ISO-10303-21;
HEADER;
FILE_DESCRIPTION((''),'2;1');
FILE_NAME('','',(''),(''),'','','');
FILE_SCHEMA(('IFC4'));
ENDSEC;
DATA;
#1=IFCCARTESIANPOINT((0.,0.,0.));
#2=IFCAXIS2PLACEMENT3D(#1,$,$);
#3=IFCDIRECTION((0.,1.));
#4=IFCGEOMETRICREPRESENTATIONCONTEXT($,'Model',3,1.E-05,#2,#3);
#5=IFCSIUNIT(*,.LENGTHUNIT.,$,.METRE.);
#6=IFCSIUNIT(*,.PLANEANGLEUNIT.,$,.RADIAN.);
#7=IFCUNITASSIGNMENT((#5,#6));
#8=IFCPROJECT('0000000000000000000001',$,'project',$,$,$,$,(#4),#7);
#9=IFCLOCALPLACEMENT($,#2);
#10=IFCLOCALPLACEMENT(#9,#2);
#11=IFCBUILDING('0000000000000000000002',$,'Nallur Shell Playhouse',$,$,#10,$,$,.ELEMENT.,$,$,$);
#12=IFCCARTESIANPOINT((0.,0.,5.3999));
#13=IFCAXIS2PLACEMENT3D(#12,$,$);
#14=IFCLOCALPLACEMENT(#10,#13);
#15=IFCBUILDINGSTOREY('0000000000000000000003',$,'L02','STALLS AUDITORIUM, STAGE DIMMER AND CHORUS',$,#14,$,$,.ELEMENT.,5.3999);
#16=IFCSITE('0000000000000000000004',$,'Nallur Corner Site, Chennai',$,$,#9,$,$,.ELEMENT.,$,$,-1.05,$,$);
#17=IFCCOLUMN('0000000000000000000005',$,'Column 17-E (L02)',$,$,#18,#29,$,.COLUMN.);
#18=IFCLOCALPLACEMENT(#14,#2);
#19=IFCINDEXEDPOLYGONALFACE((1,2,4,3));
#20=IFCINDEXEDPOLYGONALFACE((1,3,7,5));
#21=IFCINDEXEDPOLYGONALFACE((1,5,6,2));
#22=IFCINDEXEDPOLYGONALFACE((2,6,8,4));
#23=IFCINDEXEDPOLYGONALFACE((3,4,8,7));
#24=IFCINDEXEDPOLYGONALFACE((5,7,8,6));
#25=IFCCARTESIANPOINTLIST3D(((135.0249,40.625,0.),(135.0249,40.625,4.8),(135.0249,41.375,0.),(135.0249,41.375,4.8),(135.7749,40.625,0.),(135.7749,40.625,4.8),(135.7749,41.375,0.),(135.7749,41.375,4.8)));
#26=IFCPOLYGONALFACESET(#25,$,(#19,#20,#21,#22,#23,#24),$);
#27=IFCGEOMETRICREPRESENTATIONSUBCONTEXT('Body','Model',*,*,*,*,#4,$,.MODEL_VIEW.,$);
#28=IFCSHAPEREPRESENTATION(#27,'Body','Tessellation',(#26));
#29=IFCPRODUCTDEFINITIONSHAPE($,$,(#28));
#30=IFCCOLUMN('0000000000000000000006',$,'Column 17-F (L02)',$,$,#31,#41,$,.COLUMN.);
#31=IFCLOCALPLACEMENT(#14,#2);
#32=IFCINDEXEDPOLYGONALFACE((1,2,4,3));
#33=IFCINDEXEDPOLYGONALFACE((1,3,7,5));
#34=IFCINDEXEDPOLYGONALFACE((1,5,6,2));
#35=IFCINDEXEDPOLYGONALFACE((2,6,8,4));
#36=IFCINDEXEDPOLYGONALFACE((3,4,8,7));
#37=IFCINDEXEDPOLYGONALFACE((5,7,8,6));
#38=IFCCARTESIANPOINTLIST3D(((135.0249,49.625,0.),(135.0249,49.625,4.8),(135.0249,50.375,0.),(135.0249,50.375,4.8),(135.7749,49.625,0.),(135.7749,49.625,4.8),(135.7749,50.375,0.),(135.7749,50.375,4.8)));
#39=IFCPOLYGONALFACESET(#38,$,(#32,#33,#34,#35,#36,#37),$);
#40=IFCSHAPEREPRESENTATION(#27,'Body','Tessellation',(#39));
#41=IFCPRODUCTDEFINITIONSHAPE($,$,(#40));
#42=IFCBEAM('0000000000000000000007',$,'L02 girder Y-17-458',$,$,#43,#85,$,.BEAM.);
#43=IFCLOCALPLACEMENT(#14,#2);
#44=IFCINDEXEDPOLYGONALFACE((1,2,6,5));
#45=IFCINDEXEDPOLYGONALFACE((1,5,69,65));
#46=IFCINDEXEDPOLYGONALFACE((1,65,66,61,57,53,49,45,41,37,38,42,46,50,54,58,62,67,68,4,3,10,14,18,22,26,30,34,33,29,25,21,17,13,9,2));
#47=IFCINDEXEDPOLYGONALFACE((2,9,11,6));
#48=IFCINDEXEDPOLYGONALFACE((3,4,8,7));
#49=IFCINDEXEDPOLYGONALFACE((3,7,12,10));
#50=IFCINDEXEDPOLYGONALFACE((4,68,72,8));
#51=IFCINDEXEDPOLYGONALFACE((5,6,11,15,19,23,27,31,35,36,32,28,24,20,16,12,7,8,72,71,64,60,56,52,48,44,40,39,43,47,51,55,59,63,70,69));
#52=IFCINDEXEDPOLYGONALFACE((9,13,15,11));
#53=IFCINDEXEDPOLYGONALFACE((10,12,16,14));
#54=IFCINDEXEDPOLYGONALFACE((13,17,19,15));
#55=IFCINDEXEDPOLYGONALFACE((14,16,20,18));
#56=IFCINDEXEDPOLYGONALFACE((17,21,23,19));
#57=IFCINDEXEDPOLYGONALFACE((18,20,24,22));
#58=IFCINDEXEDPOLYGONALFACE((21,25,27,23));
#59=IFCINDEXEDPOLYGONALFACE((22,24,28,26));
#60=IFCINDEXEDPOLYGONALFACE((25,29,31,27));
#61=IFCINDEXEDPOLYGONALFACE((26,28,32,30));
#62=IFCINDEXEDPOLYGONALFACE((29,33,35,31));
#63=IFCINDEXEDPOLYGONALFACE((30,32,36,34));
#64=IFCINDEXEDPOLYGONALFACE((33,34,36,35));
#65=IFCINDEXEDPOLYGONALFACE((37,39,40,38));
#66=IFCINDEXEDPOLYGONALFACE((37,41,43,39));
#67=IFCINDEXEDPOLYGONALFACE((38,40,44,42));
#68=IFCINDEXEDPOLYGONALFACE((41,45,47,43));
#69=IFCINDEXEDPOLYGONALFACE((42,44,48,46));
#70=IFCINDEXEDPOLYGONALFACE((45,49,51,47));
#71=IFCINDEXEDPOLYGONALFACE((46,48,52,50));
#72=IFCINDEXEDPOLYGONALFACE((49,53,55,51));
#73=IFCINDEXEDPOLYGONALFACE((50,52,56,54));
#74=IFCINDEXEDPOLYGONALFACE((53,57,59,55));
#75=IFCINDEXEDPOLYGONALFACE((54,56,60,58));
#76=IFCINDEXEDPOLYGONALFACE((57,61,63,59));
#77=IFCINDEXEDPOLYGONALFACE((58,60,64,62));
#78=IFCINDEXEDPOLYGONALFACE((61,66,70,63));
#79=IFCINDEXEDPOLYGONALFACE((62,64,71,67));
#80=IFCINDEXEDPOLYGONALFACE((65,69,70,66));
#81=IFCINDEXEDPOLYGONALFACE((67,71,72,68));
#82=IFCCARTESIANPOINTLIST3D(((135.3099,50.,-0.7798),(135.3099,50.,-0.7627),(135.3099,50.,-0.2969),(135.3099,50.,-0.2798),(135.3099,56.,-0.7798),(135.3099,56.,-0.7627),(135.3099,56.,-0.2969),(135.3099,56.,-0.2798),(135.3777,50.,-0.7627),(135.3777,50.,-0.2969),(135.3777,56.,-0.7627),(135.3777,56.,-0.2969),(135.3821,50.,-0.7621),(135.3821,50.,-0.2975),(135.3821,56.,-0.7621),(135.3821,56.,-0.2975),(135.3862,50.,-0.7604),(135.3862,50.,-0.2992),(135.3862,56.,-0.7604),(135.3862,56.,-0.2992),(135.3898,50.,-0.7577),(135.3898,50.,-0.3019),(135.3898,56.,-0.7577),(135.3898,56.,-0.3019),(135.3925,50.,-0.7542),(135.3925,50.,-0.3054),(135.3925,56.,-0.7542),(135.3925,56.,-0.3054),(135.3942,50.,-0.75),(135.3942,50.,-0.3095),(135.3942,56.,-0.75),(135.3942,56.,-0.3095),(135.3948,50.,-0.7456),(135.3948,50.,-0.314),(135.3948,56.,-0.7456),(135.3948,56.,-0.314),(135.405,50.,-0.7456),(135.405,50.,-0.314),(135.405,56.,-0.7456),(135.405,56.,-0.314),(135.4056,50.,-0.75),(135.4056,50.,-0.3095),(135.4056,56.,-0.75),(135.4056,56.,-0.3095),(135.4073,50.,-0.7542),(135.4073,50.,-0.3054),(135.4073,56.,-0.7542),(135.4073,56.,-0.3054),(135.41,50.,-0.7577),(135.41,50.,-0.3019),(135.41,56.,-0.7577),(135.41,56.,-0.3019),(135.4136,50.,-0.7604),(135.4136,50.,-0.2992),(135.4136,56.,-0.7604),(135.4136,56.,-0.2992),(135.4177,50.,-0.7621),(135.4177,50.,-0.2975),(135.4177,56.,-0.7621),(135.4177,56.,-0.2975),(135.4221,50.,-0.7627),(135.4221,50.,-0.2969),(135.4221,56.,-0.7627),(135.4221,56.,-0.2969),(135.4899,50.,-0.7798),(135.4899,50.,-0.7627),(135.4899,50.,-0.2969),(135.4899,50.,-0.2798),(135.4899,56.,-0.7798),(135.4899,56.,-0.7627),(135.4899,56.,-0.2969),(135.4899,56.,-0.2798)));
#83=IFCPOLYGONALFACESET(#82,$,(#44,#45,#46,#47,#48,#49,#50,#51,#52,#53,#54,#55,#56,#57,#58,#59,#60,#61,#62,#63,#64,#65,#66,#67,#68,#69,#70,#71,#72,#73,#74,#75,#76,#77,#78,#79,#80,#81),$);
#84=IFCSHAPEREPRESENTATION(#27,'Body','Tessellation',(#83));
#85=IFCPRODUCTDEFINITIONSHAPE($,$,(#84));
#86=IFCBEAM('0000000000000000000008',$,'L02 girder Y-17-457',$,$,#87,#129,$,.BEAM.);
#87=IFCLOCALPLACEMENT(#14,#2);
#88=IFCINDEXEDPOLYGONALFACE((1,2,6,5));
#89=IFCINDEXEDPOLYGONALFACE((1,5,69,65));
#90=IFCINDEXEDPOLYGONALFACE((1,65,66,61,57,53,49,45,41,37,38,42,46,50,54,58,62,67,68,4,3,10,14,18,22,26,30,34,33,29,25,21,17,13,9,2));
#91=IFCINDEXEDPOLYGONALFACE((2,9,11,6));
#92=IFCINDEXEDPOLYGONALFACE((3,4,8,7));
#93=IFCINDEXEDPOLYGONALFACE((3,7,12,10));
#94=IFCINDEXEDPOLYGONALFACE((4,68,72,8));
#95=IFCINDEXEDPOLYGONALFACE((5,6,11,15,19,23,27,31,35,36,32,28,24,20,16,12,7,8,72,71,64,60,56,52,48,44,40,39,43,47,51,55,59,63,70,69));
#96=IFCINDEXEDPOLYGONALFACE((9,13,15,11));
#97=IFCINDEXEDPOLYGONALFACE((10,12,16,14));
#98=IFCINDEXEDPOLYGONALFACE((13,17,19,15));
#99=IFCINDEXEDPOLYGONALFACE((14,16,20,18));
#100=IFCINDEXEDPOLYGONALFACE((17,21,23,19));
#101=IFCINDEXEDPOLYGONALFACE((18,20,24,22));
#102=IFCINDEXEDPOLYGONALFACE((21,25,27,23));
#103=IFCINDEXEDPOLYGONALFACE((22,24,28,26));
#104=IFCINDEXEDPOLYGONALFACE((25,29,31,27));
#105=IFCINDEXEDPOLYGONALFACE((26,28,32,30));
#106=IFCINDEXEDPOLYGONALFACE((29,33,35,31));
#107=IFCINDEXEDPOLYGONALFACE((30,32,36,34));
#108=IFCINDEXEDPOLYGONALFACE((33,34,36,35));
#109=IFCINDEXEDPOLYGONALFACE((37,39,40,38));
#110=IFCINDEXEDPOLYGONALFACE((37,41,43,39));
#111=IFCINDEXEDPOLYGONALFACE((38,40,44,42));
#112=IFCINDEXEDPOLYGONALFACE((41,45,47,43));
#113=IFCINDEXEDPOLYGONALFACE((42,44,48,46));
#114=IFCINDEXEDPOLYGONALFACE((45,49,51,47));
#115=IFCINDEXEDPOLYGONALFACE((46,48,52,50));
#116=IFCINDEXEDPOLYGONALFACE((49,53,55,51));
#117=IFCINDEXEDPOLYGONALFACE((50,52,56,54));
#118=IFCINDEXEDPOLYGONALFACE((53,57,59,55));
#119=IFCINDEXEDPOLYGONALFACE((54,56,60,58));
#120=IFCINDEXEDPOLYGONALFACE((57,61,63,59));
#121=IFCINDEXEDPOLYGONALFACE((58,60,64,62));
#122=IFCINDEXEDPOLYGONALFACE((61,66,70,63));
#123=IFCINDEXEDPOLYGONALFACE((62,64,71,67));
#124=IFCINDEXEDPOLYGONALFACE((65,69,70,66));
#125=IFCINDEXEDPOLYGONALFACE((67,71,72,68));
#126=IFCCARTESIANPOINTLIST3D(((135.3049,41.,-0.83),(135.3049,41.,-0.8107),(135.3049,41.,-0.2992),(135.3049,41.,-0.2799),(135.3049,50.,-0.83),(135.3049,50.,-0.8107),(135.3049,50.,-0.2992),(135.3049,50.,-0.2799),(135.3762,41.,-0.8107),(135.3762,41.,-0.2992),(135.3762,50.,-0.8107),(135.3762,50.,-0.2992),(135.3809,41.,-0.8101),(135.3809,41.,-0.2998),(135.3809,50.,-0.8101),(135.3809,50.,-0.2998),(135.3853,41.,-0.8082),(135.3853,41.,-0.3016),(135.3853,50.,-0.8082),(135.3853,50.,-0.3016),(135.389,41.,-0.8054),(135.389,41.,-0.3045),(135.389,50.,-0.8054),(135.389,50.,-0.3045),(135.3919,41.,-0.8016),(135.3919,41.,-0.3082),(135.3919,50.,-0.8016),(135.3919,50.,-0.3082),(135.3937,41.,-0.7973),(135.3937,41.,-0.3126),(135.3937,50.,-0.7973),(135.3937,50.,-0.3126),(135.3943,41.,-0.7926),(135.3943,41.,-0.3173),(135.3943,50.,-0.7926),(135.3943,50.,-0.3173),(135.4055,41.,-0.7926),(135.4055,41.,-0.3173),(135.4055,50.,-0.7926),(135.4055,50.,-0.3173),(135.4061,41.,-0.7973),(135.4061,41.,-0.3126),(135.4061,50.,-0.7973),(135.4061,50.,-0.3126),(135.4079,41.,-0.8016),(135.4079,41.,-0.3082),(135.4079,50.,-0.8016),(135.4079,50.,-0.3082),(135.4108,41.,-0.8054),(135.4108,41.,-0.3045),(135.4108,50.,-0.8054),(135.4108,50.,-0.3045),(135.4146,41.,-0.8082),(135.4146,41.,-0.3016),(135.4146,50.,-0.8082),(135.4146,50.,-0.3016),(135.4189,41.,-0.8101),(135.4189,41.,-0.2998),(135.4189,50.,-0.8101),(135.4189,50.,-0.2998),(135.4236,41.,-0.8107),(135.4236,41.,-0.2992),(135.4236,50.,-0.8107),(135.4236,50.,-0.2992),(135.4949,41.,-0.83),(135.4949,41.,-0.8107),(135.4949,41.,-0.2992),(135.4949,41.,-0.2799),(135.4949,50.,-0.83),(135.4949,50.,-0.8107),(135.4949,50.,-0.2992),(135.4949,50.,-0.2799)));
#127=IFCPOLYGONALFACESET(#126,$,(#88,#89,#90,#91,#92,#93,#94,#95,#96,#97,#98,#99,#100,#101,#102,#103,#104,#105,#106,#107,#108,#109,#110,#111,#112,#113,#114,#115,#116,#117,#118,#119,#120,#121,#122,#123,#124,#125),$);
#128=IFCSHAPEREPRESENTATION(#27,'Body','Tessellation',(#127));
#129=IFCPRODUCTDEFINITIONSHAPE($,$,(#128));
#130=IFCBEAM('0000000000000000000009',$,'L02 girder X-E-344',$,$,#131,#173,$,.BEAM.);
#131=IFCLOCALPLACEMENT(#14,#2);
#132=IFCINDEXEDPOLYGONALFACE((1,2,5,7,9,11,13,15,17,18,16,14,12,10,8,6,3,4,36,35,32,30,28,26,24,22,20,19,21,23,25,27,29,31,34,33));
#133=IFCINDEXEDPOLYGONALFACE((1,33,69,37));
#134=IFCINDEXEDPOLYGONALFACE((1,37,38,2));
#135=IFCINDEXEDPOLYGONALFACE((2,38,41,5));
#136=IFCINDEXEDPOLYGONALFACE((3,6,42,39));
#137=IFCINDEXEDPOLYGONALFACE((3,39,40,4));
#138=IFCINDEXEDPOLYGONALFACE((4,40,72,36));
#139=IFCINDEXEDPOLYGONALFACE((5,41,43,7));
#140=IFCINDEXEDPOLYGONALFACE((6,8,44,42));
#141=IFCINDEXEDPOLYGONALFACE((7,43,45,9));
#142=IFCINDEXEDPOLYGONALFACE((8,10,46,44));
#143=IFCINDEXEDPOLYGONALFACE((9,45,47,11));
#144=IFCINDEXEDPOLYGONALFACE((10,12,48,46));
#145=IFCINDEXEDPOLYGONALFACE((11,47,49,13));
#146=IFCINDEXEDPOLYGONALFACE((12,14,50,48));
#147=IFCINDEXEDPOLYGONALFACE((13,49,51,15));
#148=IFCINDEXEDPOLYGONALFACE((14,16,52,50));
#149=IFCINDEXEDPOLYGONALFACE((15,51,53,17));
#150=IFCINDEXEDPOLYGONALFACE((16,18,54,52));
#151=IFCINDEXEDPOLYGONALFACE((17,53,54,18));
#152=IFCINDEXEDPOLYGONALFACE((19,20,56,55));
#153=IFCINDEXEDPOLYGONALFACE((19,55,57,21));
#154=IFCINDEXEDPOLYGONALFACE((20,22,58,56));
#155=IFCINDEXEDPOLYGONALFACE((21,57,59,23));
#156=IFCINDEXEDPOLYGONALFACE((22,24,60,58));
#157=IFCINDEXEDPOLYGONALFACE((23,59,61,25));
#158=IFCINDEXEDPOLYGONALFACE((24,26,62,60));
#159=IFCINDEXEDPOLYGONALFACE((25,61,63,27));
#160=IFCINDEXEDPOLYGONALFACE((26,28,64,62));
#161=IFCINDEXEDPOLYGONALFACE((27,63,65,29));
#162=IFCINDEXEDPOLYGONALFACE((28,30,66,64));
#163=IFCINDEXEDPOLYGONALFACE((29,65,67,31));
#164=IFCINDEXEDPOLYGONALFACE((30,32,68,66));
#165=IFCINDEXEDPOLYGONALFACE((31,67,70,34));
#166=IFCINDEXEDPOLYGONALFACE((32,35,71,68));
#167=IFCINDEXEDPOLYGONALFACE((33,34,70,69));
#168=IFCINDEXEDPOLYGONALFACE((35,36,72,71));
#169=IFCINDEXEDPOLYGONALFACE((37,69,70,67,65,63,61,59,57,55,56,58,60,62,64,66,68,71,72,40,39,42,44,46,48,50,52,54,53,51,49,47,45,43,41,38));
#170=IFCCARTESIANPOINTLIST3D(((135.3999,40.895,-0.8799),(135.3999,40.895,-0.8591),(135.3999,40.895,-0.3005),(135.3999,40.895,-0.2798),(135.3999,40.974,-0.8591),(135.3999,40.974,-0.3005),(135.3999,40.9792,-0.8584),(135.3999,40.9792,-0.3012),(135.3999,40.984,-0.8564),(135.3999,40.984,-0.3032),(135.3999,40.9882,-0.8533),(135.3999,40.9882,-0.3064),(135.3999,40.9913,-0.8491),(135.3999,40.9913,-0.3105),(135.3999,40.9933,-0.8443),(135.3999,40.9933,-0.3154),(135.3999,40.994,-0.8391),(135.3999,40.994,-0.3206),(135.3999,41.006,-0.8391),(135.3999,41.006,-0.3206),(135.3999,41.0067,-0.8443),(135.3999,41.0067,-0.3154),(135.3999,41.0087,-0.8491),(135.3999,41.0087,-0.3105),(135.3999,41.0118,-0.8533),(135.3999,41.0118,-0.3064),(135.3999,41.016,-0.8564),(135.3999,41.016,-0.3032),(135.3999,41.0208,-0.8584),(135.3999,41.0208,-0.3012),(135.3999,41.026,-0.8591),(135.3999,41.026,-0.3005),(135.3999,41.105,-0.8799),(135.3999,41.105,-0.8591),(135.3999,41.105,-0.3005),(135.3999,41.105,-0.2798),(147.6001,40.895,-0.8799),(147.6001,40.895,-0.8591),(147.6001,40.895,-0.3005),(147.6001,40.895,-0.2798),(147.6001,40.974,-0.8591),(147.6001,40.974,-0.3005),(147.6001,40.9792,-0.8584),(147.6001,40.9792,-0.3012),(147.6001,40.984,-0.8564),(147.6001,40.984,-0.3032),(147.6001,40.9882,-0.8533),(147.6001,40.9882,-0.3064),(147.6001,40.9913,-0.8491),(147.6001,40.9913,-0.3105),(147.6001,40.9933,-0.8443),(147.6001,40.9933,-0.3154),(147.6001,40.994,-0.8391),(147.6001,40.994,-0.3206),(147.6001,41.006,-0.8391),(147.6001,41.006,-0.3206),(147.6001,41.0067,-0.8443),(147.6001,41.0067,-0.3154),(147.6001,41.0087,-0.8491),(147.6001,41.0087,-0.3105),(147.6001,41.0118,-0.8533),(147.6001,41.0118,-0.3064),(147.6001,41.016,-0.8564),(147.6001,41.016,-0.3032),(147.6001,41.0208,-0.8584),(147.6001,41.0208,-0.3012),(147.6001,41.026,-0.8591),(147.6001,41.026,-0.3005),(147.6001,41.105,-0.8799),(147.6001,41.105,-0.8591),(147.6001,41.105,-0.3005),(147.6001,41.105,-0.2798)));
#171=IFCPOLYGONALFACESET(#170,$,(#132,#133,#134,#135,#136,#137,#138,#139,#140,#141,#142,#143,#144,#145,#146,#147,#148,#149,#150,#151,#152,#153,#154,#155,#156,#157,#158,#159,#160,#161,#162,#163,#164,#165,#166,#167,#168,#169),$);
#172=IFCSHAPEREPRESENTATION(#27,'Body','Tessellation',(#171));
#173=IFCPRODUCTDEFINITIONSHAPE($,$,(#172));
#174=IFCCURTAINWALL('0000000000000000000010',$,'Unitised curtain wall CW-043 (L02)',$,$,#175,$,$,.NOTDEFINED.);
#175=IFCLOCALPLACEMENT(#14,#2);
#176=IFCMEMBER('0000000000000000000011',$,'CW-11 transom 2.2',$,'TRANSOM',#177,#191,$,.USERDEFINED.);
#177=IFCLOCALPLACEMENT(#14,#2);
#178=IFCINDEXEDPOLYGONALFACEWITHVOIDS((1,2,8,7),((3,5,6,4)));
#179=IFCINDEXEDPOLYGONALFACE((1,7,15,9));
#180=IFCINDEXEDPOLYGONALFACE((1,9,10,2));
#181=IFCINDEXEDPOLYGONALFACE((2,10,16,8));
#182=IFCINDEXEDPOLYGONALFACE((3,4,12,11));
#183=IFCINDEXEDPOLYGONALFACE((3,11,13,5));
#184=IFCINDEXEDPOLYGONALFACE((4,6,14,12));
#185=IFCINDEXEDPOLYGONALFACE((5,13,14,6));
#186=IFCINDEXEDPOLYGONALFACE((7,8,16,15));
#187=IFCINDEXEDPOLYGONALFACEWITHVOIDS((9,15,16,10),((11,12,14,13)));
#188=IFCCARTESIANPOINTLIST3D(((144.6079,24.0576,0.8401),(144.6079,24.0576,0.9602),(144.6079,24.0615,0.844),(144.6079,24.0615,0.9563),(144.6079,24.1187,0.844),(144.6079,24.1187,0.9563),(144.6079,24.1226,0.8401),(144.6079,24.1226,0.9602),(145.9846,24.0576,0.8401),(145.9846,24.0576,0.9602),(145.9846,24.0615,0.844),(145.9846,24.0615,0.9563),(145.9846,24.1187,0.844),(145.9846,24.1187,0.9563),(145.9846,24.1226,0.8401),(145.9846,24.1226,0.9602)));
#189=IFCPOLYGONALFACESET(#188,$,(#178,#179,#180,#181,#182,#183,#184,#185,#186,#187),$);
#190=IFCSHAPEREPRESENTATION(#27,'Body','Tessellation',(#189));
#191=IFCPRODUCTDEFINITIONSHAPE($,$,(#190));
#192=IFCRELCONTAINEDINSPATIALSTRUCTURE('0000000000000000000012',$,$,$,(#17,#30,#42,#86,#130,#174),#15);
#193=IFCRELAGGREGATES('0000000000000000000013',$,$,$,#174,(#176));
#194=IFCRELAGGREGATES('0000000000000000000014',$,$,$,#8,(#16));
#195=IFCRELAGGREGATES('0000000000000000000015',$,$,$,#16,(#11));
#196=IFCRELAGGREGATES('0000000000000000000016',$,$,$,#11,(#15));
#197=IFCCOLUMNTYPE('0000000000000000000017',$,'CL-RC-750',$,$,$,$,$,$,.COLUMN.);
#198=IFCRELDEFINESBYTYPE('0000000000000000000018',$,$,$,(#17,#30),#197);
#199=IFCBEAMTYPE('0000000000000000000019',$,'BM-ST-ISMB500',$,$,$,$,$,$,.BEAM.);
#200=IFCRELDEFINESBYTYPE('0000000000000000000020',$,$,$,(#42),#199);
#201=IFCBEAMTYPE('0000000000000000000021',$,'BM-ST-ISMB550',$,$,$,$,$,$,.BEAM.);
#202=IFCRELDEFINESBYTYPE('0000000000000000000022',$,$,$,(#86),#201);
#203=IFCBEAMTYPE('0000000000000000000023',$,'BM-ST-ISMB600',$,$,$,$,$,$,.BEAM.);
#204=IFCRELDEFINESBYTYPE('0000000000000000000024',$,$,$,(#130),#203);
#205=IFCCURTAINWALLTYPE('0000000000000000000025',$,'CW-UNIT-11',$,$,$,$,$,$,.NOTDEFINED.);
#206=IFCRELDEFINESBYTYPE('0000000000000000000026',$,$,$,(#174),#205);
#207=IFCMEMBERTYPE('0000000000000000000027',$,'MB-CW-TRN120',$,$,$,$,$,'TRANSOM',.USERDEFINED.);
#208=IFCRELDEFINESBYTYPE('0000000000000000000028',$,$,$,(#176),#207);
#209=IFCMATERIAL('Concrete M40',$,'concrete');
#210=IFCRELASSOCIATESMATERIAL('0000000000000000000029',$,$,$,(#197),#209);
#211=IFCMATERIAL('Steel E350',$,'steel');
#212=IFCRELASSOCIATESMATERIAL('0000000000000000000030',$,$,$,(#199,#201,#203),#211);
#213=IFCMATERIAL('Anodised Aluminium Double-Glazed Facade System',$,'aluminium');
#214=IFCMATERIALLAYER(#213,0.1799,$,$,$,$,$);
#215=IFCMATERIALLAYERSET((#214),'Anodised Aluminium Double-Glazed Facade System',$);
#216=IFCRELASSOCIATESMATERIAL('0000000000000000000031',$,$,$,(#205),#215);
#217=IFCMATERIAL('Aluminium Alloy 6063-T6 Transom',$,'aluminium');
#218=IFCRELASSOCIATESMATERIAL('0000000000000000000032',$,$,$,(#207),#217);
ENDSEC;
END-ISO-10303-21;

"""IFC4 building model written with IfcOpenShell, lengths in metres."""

from ifc_helpers import new_model, si_unit, direction, frame, origin, origin_2d, place, context, subcontext, project, spatial, rectangle, hollow_rectangle, i_section, extrude, material, layer, layer_set, material_profile, profile_set, type_object, element, aggregate, save


model = new_model("IFC4")

# Units and contexts
model_context = context("Model", 3, precision=1e-05, world=origin(), true_north=direction((0.0, 1.0)))
body_context = subcontext(model_context, "Body", "Model", "MODEL_VIEW")
ifc_project = project(units=[si_unit("LENGTHUNIT", "METRE"), si_unit("PLANEANGLEUNIT", "RADIAN")], contexts=[model_context])

# Site, building, storey
site_placement = place(None, origin())
site = spatial("IfcSite", under=ifc_project, at=site_placement, Name="Nallur Corner Site, Chennai", CompositionType="ELEMENT", RefElevation=-1.05)
building_placement = place(site_placement, origin())
building = spatial("IfcBuilding", under=site, at=building_placement, Name="Nallur Shell Playhouse", CompositionType="ELEMENT")
storey_placement = place(building_placement, frame((0.0, 0.0, 5.3999)))
storey = spatial("IfcBuildingStorey", under=building, at=storey_placement, Name="L02", Description="STALLS AUDITORIUM, STAGE DIMMER AND CHORUS", CompositionType="ELEMENT", Elevation=5.3999)

# Columns
ifc_material_1 = material(Name="Concrete M40", Category="concrete")
ifc_material_profile_1 = material_profile(ifc_material_1, rectangle(XDim=0.75, YDim=0.75, at=origin_2d()), Name="RC 750x750")
ifc_profile_set_1 = profile_set([ifc_material_profile_1], Name="Concrete M40")
column_type = type_object("IfcColumnType", Name="CL-RC-750", PredefinedType="COLUMN", material=ifc_profile_set_1)
for number, where, z_axis, x_axis, name in (
    (1, (135.3999, 41.0, 0.0), (0.0, 0.0, 1.0), (1.0, 0.0, 0.0), "Column 17-E (L02)"),
    (2, (135.3999, 50.0, 0.0), (0.0, 0.0, 1.0), (1.0, 0.0, 0.0), "Column 17-F (L02)"),
):
    element("IfcColumn", number, at=place(storey_placement, frame(where, z_axis=z_axis, x_axis=x_axis)), inside=storey, type_object=column_type, Name=name, PredefinedType="COLUMN", context=body_context, shape_type="SweptSolid", body=[
        extrude(rectangle(XDim=0.75, YDim=0.75, at=origin_2d()), origin(), (0.0, 0.0, 1.0), 4.8),
    ])

# Beams
ifc_material_2 = material(Name="Steel E350", Category="steel")
ifc_material_profile_2 = material_profile(ifc_material_2, i_section(OverallWidth=0.1799, OverallDepth=0.5, WebThickness=0.0103, FlangeThickness=0.0171, FilletRadius=0.0171, at=origin_2d()), Name="ISMB 500")
ifc_profile_set_2 = profile_set([ifc_material_profile_2], Name="Steel E350")
beam_type_1 = type_object("IfcBeamType", Name="BM-ST-ISMB500", PredefinedType="BEAM", material=ifc_profile_set_2)
beam_1_placement = place(storey_placement, frame((135.3999, 50.0, -0.5298), z_axis=(0.0, 1.0, 0.0), x_axis=(-1.0, 0.0, 0.0)))
element("IfcBeam", 3, at=beam_1_placement, inside=storey, type_object=beam_type_1, Name="L02 girder Y-17-458", PredefinedType="BEAM", context=body_context, shape_type="SweptSolid", body=[
    extrude(i_section(OverallWidth=0.1799, OverallDepth=0.5, WebThickness=0.0103, FlangeThickness=0.0171, FilletRadius=0.0171, at=origin_2d()), origin(), (0.0, 0.0, 1.0), 6.0),
])
ifc_material_profile_3 = material_profile(ifc_material_2, i_section(OverallWidth=0.1899, OverallDepth=0.55, WebThickness=0.0112, FlangeThickness=0.0193, FilletRadius=0.0181, at=origin_2d()), Name="ISMB 550")
ifc_profile_set_3 = profile_set([ifc_material_profile_3], Name="Steel E350")
beam_type_2 = type_object("IfcBeamType", Name="BM-ST-ISMB550", PredefinedType="BEAM", material=ifc_profile_set_3)
beam_2_placement = place(storey_placement, frame((135.3999, 41.0, -0.5549), z_axis=(0.0, 1.0, 0.0), x_axis=(-1.0, 0.0, 0.0)))
element("IfcBeam", 4, at=beam_2_placement, inside=storey, type_object=beam_type_2, Name="L02 girder Y-17-457", PredefinedType="BEAM", context=body_context, shape_type="SweptSolid", body=[
    extrude(i_section(OverallWidth=0.1899, OverallDepth=0.55, WebThickness=0.0112, FlangeThickness=0.0193, FilletRadius=0.0181, at=origin_2d()), origin(), (0.0, 0.0, 1.0), 9.0),
])
ifc_material_profile_4 = material_profile(ifc_material_2, i_section(OverallWidth=0.21, OverallDepth=0.6001, WebThickness=0.012, FlangeThickness=0.0208, FilletRadius=0.02, at=origin_2d()), Name="ISMB 600")
ifc_profile_set_4 = profile_set([ifc_material_profile_4], Name="Steel E350")
beam_type_3 = type_object("IfcBeamType", Name="BM-ST-ISMB600", PredefinedType="BEAM", material=ifc_profile_set_4)
beam_3_placement = place(storey_placement, frame((135.3999, 41.0, -0.5798), z_axis=(1.0, 0.0, 0.0), x_axis=(0.0, 1.0, 0.0)))
element("IfcBeam", 5, at=beam_3_placement, inside=storey, type_object=beam_type_3, Name="L02 girder X-E-344", PredefinedType="BEAM", context=body_context, shape_type="SweptSolid", body=[
    extrude(i_section(OverallWidth=0.21, OverallDepth=0.6001, WebThickness=0.012, FlangeThickness=0.0208, FilletRadius=0.02, at=origin_2d()), origin(), (0.0, 0.0, 1.0), 12.2002),
])

# Curtain wall, member
ifc_material_3 = material(Name="Anodised Aluminium Double-Glazed Facade System", Category="aluminium")
ifc_layer_1 = layer(ifc_material_3, 0.1799)
ifc_layer_set_1 = layer_set([ifc_layer_1], Name="Anodised Aluminium Double-Glazed Facade System")
curtain_wall_type = type_object("IfcCurtainWallType", Name="CW-UNIT-11", PredefinedType="NOTDEFINED", material=ifc_layer_set_1)
curtain_wall_placement = place(storey_placement, origin())
curtain_wall = element("IfcCurtainWall", 6, at=curtain_wall_placement, inside=storey, type_object=curtain_wall_type, Name="Unitised curtain wall CW-043 (L02)", PredefinedType="NOTDEFINED")
ifc_material_4 = material(Name="Aluminium Alloy 6063-T6 Transom", Category="aluminium")
ifc_material_profile_5 = material_profile(ifc_material_4, hollow_rectangle(XDim=0.0649, YDim=0.1201, WallThickness=0.0039, at=origin_2d()), Name="ALU 65x120x4")
ifc_profile_set_5 = profile_set([ifc_material_profile_5], Name="Aluminium Alloy 6063-T6 Transom")
member_type = type_object("IfcMemberType", Name="MB-CW-TRN120", ElementType="TRANSOM", PredefinedType="USERDEFINED", material=ifc_profile_set_5)
member_1_placement = place(storey_placement, frame((145.9846, 24.0901, 0.9001), z_axis=(-1.0, 0.0, 0.0), x_axis=(0.0, -1.0, 0.0)))
member_1 = element("IfcMember", 7, at=member_1_placement, type_object=member_type, Name="CW-11 transom 2.2", ObjectType="TRANSOM", PredefinedType="USERDEFINED", context=body_context, shape_type="SweptSolid", body=[
    extrude(hollow_rectangle(XDim=0.0649, YDim=0.1201, WallThickness=0.0039, at=origin_2d()), origin(), (0.0, 0.0, 1.0), 1.3767),
])
aggregate(curtain_wall, [member_1])

save(model, "model.ifc")
